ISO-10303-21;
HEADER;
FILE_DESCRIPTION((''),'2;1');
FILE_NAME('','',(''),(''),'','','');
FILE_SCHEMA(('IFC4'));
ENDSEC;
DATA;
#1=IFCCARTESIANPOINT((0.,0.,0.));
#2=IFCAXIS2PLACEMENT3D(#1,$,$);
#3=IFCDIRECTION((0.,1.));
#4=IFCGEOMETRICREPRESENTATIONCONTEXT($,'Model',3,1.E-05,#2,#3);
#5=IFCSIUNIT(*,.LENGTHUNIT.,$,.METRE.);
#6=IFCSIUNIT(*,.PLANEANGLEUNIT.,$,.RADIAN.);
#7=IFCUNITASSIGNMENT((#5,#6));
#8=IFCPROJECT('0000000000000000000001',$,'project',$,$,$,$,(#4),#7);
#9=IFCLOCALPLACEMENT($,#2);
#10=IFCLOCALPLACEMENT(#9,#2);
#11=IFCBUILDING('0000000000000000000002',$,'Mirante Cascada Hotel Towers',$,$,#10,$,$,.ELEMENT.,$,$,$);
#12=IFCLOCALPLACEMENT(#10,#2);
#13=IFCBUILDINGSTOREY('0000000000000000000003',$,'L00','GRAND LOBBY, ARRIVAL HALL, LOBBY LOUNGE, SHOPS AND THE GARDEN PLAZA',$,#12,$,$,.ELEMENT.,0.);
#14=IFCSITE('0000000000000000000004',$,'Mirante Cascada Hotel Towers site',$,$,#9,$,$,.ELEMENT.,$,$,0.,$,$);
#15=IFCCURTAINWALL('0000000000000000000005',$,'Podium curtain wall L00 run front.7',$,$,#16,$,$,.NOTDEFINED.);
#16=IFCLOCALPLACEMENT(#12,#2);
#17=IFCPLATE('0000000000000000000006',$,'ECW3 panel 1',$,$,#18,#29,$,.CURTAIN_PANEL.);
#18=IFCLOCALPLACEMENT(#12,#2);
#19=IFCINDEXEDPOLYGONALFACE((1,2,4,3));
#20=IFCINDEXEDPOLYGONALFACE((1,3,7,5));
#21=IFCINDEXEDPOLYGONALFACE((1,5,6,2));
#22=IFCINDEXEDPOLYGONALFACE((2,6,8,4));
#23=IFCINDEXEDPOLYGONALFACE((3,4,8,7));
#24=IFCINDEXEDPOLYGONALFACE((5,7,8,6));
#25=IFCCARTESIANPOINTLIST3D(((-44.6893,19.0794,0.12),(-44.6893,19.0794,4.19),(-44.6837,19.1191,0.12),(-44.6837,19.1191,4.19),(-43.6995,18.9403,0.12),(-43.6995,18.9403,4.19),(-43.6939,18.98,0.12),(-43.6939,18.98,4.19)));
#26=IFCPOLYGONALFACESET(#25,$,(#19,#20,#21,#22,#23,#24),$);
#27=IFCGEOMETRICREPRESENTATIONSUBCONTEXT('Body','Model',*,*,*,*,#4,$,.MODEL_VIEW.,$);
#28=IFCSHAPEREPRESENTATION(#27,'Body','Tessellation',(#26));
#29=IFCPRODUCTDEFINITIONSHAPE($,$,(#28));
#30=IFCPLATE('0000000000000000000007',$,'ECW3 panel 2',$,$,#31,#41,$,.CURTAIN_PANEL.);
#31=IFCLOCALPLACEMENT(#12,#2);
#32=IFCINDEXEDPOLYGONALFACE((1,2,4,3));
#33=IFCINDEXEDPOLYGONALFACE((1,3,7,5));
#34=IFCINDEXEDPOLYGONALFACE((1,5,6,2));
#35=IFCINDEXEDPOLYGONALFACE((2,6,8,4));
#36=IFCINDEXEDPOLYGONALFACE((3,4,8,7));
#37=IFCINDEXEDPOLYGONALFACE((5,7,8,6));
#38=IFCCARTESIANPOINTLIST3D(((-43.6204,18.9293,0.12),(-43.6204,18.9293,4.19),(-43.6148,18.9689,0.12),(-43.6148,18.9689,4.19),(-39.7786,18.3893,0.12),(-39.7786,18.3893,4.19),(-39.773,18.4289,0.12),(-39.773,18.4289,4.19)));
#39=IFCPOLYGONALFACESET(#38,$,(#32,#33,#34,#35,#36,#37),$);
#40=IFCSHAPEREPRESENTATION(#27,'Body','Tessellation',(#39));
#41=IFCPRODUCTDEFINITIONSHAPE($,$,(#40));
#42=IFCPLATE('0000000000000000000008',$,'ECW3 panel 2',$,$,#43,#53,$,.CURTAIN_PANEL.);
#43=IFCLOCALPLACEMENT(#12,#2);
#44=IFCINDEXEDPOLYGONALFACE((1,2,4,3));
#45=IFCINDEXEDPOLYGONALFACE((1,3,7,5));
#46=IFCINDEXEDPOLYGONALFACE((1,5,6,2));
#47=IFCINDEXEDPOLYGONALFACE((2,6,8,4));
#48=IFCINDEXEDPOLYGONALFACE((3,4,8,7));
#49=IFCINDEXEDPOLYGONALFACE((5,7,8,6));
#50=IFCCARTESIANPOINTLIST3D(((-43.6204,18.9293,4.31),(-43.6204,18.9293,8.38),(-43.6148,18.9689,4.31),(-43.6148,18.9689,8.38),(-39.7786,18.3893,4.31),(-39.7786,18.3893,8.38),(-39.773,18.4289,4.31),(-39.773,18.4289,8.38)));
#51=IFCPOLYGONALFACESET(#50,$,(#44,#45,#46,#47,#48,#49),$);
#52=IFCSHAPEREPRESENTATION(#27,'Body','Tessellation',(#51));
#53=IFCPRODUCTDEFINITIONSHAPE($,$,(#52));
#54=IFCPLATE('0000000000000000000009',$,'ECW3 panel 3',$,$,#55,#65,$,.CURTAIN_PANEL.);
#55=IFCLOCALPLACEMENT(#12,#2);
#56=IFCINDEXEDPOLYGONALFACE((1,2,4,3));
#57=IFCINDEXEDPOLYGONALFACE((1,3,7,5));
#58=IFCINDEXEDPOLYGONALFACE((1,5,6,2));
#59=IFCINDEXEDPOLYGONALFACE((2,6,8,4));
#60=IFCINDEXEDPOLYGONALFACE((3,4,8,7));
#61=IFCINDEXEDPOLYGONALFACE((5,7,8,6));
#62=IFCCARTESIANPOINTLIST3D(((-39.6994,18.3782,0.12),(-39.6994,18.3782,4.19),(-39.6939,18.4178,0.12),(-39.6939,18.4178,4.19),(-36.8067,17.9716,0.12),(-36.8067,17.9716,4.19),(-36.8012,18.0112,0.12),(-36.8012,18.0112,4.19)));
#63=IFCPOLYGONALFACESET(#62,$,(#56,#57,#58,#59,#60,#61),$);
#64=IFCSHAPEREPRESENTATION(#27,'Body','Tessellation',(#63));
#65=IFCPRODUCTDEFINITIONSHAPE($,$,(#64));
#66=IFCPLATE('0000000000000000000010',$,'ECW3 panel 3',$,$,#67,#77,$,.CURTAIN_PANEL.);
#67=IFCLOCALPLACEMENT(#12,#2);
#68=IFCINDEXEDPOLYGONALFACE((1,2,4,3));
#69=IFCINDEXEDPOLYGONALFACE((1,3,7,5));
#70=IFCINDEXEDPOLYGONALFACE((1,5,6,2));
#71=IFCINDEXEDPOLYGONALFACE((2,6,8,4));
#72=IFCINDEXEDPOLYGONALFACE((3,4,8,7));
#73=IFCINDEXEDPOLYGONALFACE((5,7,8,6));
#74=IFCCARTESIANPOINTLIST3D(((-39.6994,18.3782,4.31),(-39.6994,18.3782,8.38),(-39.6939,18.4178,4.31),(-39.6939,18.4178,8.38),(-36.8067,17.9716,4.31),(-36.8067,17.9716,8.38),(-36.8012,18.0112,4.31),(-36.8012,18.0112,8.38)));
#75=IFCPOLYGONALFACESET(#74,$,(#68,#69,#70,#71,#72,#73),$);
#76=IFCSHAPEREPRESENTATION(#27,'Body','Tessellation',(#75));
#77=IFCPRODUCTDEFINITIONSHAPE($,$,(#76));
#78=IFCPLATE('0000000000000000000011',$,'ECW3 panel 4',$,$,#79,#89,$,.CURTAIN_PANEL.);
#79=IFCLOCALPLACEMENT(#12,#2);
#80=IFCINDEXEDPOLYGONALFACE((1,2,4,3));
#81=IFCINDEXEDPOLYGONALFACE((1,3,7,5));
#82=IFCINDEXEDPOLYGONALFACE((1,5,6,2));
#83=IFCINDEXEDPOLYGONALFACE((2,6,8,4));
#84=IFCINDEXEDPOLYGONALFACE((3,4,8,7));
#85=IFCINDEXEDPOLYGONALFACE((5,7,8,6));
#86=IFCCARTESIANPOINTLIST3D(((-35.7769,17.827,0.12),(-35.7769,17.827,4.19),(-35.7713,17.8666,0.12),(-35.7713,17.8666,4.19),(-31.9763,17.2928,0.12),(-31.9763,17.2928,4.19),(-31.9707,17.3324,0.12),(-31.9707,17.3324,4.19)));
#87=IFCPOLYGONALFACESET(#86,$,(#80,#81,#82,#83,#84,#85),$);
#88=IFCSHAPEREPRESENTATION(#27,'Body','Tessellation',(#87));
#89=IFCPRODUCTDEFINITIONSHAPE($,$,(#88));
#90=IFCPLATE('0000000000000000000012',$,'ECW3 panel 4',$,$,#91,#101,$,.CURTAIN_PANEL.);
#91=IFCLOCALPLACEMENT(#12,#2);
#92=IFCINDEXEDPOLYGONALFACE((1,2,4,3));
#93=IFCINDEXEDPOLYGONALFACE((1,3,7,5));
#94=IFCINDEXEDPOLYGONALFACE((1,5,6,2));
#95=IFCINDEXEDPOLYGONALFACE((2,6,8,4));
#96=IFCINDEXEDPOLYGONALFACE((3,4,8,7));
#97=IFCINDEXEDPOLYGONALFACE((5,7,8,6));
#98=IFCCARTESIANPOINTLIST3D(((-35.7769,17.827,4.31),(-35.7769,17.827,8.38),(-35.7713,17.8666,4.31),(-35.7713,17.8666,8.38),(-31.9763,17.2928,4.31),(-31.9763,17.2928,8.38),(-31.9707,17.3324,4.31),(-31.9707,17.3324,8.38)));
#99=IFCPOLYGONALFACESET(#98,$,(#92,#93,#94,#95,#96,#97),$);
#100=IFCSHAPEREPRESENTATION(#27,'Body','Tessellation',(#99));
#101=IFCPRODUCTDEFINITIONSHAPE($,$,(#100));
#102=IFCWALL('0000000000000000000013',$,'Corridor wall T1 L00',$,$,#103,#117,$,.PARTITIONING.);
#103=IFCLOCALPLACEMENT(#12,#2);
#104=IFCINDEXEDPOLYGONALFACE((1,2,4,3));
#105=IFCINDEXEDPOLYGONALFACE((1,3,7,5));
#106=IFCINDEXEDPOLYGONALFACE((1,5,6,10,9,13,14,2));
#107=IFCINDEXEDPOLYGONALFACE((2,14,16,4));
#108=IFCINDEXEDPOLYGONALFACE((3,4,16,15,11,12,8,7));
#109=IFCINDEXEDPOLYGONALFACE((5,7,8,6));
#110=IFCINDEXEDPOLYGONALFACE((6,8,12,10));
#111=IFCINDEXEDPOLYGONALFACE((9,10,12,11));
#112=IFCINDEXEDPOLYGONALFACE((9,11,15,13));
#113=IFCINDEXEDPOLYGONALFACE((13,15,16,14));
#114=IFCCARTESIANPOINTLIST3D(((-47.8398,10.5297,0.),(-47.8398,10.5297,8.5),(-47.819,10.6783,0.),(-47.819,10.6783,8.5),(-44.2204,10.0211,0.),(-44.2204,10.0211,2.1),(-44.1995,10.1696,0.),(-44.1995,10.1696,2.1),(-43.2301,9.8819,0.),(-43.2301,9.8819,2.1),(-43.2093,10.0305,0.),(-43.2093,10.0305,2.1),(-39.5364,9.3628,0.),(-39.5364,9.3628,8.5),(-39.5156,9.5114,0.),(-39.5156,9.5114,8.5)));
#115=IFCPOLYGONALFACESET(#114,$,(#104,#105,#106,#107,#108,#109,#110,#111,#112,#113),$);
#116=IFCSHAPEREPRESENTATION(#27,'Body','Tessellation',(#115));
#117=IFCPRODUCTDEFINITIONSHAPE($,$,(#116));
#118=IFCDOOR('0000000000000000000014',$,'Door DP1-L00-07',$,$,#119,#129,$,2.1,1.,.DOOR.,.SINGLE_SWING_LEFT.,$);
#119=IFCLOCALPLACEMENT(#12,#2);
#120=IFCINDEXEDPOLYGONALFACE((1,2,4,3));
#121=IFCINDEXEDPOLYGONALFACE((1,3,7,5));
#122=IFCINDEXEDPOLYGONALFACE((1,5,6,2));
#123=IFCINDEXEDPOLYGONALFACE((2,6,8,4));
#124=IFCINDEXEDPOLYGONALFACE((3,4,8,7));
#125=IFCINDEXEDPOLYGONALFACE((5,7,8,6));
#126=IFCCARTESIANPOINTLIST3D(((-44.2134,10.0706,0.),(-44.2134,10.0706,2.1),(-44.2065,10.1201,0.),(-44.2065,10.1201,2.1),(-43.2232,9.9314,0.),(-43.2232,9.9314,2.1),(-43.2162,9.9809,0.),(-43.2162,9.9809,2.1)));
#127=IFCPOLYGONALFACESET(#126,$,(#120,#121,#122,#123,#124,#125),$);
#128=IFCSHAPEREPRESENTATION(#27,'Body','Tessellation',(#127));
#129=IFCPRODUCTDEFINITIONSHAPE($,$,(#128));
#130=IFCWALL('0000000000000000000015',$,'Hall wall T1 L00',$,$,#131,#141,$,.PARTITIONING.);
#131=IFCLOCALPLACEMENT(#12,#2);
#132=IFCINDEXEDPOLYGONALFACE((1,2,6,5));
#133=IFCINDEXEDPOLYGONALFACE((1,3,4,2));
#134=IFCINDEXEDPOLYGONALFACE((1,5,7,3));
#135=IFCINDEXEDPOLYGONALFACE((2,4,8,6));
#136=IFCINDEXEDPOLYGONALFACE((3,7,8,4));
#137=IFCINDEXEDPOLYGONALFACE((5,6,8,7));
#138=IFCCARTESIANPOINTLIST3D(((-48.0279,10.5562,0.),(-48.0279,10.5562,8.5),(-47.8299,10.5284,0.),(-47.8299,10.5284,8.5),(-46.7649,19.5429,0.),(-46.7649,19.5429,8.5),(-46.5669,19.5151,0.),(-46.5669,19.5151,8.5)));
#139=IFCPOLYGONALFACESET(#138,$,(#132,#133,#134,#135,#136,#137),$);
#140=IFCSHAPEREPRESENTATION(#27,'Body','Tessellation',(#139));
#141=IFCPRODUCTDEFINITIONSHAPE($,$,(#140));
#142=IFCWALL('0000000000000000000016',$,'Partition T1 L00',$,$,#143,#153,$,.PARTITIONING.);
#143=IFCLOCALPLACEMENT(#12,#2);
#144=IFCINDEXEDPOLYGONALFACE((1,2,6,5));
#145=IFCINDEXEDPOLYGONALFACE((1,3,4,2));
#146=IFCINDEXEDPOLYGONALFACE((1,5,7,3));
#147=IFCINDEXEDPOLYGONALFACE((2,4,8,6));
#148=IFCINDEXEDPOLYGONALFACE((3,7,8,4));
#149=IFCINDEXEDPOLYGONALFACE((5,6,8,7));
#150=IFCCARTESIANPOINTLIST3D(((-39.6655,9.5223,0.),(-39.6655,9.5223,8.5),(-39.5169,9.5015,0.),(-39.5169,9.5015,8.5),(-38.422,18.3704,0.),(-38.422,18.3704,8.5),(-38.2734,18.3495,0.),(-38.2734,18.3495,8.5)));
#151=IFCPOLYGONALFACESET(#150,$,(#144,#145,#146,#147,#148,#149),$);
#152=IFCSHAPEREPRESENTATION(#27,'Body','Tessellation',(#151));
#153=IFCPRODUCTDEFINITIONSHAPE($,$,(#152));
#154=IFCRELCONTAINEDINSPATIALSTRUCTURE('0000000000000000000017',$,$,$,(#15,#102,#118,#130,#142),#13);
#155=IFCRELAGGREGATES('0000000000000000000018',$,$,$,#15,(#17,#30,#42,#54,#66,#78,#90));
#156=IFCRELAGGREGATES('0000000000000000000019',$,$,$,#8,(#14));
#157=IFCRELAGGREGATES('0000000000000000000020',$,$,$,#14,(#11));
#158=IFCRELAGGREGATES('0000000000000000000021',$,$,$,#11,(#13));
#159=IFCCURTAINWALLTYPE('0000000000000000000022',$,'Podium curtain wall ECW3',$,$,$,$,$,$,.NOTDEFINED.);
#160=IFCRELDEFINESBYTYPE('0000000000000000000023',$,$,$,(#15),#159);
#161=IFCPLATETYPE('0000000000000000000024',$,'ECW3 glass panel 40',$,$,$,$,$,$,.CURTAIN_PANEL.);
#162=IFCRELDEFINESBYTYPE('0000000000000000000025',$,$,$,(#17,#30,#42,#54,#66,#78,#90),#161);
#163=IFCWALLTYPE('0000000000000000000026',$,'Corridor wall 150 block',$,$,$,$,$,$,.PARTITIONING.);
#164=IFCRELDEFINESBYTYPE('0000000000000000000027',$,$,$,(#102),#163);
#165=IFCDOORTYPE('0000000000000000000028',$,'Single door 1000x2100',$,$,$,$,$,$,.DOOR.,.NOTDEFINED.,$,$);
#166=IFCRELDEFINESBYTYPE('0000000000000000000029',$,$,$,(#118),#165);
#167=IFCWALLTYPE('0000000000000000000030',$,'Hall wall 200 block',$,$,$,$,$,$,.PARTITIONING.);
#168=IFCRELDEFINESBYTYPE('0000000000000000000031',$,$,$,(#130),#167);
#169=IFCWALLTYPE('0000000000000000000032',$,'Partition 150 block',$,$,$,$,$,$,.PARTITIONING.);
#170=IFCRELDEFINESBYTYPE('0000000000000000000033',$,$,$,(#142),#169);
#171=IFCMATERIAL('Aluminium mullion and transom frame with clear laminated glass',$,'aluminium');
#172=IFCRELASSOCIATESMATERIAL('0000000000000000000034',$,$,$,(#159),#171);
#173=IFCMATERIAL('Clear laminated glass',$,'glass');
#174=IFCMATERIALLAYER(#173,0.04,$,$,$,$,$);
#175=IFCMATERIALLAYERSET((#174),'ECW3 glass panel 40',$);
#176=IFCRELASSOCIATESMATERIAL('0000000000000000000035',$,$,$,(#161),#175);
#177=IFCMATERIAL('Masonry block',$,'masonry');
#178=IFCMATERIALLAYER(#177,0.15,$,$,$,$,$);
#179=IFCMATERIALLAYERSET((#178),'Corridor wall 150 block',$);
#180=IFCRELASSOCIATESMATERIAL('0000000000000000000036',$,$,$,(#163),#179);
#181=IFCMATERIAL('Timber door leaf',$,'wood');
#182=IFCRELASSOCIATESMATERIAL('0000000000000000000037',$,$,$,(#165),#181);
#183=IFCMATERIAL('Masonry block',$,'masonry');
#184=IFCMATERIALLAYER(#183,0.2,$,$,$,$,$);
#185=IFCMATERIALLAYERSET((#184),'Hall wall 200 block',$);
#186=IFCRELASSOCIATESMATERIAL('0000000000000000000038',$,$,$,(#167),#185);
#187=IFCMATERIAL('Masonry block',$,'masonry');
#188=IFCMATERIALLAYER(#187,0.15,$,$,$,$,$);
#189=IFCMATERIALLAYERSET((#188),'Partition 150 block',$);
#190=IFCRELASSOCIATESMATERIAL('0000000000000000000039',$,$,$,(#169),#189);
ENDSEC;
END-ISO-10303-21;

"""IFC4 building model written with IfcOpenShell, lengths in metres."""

from ifc_helpers import new_model, si_unit, direction, frame, frame_2d, origin, origin_2d, place, context, subcontext, project, spatial, rectangle, extrude, material, layer, layer_set, type_object, element, fill, aggregate, save


model = new_model("IFC4")

# Units and contexts
model_context = context("Model", 3, precision=1e-05, world=origin(), true_north=direction((0.0, 1.0)))
body_context = subcontext(model_context, "Body", "Model", "MODEL_VIEW")
ifc_project = project(units=[si_unit("LENGTHUNIT", "METRE"), si_unit("PLANEANGLEUNIT", "RADIAN")], contexts=[model_context])

# Site, building, storey
site_placement = place(None, origin())
site = spatial("IfcSite", under=ifc_project, at=site_placement, Name="Mirante Cascada Hotel Towers site", CompositionType="ELEMENT", RefElevation=0.0)
building_placement = place(site_placement, origin())
building = spatial("IfcBuilding", under=site, at=building_placement, Name="Mirante Cascada Hotel Towers", CompositionType="ELEMENT")
storey_placement = place(building_placement, origin())
storey = spatial("IfcBuildingStorey", under=building, at=storey_placement, Name="L00", Description="GRAND LOBBY, ARRIVAL HALL, LOBBY LOUNGE, SHOPS AND THE GARDEN PLAZA", CompositionType="ELEMENT", Elevation=0.0)

# Curtain wall, plates
ifc_material_1 = material(Name="Aluminium mullion and transom frame with clear laminated glass", Category="aluminium")
curtain_wall_type = type_object("IfcCurtainWallType", Name="Podium curtain wall ECW3", PredefinedType="NOTDEFINED", material=ifc_material_1)
curtain_wall_placement = place(storey_placement, origin())
curtain_wall = element("IfcCurtainWall", 1, at=curtain_wall_placement, inside=storey, type_object=curtain_wall_type, Name="Podium curtain wall L00 run front.7", PredefinedType="NOTDEFINED")
ifc_material_2 = material(Name="Clear laminated glass", Category="glass")
ifc_layer_1 = layer(ifc_material_2, 0.04)
ifc_layer_set_1 = layer_set([ifc_layer_1], Name="ECW3 glass panel 40")
plate_type = type_object("IfcPlateType", Name="ECW3 glass panel 40", PredefinedType="CURTAIN_PANEL", material=ifc_layer_set_1)
plate_1_placement = place(storey_placement, frame((-44.1916, 19.0297, 0.12), z_axis=(0.0, 0.0, 1.0), x_axis=(0.990268, -0.139173, 0.0)))
plate_1 = element("IfcPlate", 2, at=plate_1_placement, type_object=plate_type, Name="ECW3 panel 1", PredefinedType="CURTAIN_PANEL", context=body_context, shape_type="SweptSolid", body=[
    extrude(rectangle(XDim=0.9995, YDim=0.04, at=origin_2d()), origin(), (0.0, 0.0, 1.0), 4.07),
])
plate_2_placement = place(storey_placement, frame((-41.6967, 18.6791, 0.12), z_axis=(0.0, 0.0, 1.0), x_axis=(0.990268, -0.139173, 0.0)))
plate_2 = element("IfcPlate", 3, at=plate_2_placement, type_object=plate_type, Name="ECW3 panel 2", PredefinedType="CURTAIN_PANEL", context=body_context, shape_type="SweptSolid", body=[
    extrude(rectangle(XDim=3.8795, YDim=0.04, at=origin_2d()), origin(), (0.0, 0.0, 1.0), 4.07),
])
plate_3_placement = place(storey_placement, frame((-41.6967, 18.6791, 4.31), z_axis=(0.0, 0.0, 1.0), x_axis=(0.990268, -0.139173, 0.0)))
plate_3 = element("IfcPlate", 4, at=plate_3_placement, type_object=plate_type, Name="ECW3 panel 2", PredefinedType="CURTAIN_PANEL", context=body_context, shape_type="SweptSolid", body=[
    extrude(rectangle(XDim=3.8795, YDim=0.04, at=origin_2d()), origin(), (0.0, 0.0, 1.0), 4.07),
])
plate_4_placement = place(storey_placement, frame((-38.2503, 18.1947, 0.12), z_axis=(0.0, 0.0, 1.0), x_axis=(0.990268, -0.139173, 0.0)))
plate_4 = element("IfcPlate", 5, at=plate_4_placement, type_object=plate_type, Name="ECW3 panel 3", PredefinedType="CURTAIN_PANEL", context=body_context, shape_type="SweptSolid", body=[
    extrude(rectangle(XDim=2.9211, YDim=0.04, at=origin_2d()), origin(), (0.0, 0.0, 1.0), 4.07),
])
plate_5_placement = place(storey_placement, frame((-38.2503, 18.1947, 4.31), z_axis=(0.0, 0.0, 1.0), x_axis=(0.990268, -0.139173, 0.0)))
plate_5 = element("IfcPlate", 6, at=plate_5_placement, type_object=plate_type, Name="ECW3 panel 3", PredefinedType="CURTAIN_PANEL", context=body_context, shape_type="SweptSolid", body=[
    extrude(rectangle(XDim=2.9211, YDim=0.04, at=origin_2d()), origin(), (0.0, 0.0, 1.0), 4.07),
])
plate_6_placement = place(storey_placement, frame((-33.8738, 17.5797, 0.12), z_axis=(0.0, 0.0, 1.0), x_axis=(0.990268, -0.139173, 0.0)))
plate_6 = element("IfcPlate", 7, at=plate_6_placement, type_object=plate_type, Name="ECW3 panel 4", PredefinedType="CURTAIN_PANEL", context=body_context, shape_type="SweptSolid", body=[
    extrude(rectangle(XDim=3.8379, YDim=0.04, at=origin_2d()), origin(), (0.0, 0.0, 1.0), 4.07),
])
plate_7_placement = place(storey_placement, frame((-33.8738, 17.5797, 4.31), z_axis=(0.0, 0.0, 1.0), x_axis=(0.990268, -0.139173, 0.0)))
plate_7 = element("IfcPlate", 8, at=plate_7_placement, type_object=plate_type, Name="ECW3 panel 4", PredefinedType="CURTAIN_PANEL", context=body_context, shape_type="SweptSolid", body=[
    extrude(rectangle(XDim=3.8379, YDim=0.04, at=origin_2d()), origin(), (0.0, 0.0, 1.0), 4.07),
])
aggregate(curtain_wall, [plate_1, plate_2, plate_3, plate_4, plate_5, plate_6, plate_7])

# Wall, opening, door
ifc_material_3 = material(Name="Masonry block", Category="masonry")
ifc_layer_2 = layer(ifc_material_3, 0.15)
ifc_layer_set_2 = layer_set([ifc_layer_2], Name="Corridor wall 150 block")
wall_type_1 = type_object("IfcWallType", Name="Corridor wall 150 block", PredefinedType="PARTITIONING", material=ifc_layer_set_2)
wall_1_placement = place(storey_placement, frame((-47.8294, 10.604, 0.0), z_axis=(0.0, 0.0, 1.0), x_axis=(0.990269, -0.139165, 0.0)))
wall_1 = element("IfcWall", 9, at=wall_1_placement, inside=storey, type_object=wall_type_1, Name="Corridor wall T1 L00", PredefinedType="PARTITIONING", context=body_context, shape_type="SweptSolid", body=[
    extrude(rectangle(XDim=8.385, YDim=0.15, at=frame_2d((4.1925, 0.0))), origin(), (0.0, 0.0, 1.0), 8.5),
])
opening_1_placement = place(wall_1_placement, frame((3.655, 0.0, 0.0)))
opening_1 = element("IfcOpeningElement", 10, at=opening_1_placement, cuts=wall_1, PredefinedType="OPENING", context=body_context, shape_type="SweptSolid", body=[
    extrude(rectangle(XDim=1.0, YDim=2.1, at=frame_2d((0.5, 1.05))), frame((0.0, 0.075, 0.0), z_axis=(0.0, -1.0, 0.0), x_axis=(1.0, 0.0, 0.0)), (0.0, 0.0, 1.0), 0.15),
])
ifc_material_4 = material(Name="Timber door leaf", Category="wood")
door_type = type_object("IfcDoorType", Name="Single door 1000x2100", OperationType="NOTDEFINED", PredefinedType="DOOR", material=ifc_material_4)
door_placement = place(opening_1_placement, origin())
door = element("IfcDoor", 11, at=door_placement, inside=storey, type_object=door_type, Name="Door DP1-L00-07", OperationType="SINGLE_SWING_LEFT", OverallHeight=2.1, OverallWidth=1.0, PredefinedType="DOOR", context=body_context, shape_type="SweptSolid", body=[
    extrude(rectangle(XDim=1.0, YDim=2.1, at=frame_2d((0.5, 1.05))), frame((0.0, 0.025, 0.0), z_axis=(0.0, -1.0, 0.0), x_axis=(1.0, 0.0, 0.0)), (0.0, 0.0, 1.0), 0.05),
])
fill(opening_1, door)

# Walls
ifc_material_5 = material(Name="Masonry block", Category="masonry")
ifc_layer_3 = layer(ifc_material_5, 0.2)
ifc_layer_set_3 = layer_set([ifc_layer_3], Name="Hall wall 200 block")
wall_type_2 = type_object("IfcWallType", Name="Hall wall 200 block", PredefinedType="PARTITIONING", material=ifc_layer_set_3)
wall_2_placement = place(storey_placement, frame((-47.9289, 10.5423, 0.0), z_axis=(0.0, 0.0, 1.0), x_axis=(0.139173, 0.990268, 0.0)))
element("IfcWall", 12, at=wall_2_placement, inside=storey, type_object=wall_type_2, Name="Hall wall T1 L00", PredefinedType="PARTITIONING", context=body_context, shape_type="SweptSolid", body=[
    extrude(rectangle(XDim=9.075, YDim=0.2, at=frame_2d((4.5375, 0.0))), origin(), (0.0, 0.0, 1.0), 8.5),
])
ifc_material_6 = material(Name="Masonry block", Category="masonry")
ifc_layer_4 = layer(ifc_material_6, 0.15)
ifc_layer_set_4 = layer_set([ifc_layer_4], Name="Partition 150 block")
wall_type_3 = type_object("IfcWallType", Name="Partition 150 block", PredefinedType="PARTITIONING", material=ifc_layer_set_4)
wall_3_placement = place(storey_placement, frame((-39.5912, 9.5119, 0.0), z_axis=(0.0, 0.0, 1.0), x_axis=(0.139173, 0.990268, 0.0)))
element("IfcWall", 13, at=wall_3_placement, inside=storey, type_object=wall_type_3, Name="Partition T1 L00", PredefinedType="PARTITIONING", context=body_context, shape_type="SweptSolid", body=[
    extrude(rectangle(XDim=8.935, YDim=0.15, at=frame_2d((4.4675, 0.0))), origin(), (0.0, 0.0, 1.0), 8.5),
])

save(model, "model.ifc")
